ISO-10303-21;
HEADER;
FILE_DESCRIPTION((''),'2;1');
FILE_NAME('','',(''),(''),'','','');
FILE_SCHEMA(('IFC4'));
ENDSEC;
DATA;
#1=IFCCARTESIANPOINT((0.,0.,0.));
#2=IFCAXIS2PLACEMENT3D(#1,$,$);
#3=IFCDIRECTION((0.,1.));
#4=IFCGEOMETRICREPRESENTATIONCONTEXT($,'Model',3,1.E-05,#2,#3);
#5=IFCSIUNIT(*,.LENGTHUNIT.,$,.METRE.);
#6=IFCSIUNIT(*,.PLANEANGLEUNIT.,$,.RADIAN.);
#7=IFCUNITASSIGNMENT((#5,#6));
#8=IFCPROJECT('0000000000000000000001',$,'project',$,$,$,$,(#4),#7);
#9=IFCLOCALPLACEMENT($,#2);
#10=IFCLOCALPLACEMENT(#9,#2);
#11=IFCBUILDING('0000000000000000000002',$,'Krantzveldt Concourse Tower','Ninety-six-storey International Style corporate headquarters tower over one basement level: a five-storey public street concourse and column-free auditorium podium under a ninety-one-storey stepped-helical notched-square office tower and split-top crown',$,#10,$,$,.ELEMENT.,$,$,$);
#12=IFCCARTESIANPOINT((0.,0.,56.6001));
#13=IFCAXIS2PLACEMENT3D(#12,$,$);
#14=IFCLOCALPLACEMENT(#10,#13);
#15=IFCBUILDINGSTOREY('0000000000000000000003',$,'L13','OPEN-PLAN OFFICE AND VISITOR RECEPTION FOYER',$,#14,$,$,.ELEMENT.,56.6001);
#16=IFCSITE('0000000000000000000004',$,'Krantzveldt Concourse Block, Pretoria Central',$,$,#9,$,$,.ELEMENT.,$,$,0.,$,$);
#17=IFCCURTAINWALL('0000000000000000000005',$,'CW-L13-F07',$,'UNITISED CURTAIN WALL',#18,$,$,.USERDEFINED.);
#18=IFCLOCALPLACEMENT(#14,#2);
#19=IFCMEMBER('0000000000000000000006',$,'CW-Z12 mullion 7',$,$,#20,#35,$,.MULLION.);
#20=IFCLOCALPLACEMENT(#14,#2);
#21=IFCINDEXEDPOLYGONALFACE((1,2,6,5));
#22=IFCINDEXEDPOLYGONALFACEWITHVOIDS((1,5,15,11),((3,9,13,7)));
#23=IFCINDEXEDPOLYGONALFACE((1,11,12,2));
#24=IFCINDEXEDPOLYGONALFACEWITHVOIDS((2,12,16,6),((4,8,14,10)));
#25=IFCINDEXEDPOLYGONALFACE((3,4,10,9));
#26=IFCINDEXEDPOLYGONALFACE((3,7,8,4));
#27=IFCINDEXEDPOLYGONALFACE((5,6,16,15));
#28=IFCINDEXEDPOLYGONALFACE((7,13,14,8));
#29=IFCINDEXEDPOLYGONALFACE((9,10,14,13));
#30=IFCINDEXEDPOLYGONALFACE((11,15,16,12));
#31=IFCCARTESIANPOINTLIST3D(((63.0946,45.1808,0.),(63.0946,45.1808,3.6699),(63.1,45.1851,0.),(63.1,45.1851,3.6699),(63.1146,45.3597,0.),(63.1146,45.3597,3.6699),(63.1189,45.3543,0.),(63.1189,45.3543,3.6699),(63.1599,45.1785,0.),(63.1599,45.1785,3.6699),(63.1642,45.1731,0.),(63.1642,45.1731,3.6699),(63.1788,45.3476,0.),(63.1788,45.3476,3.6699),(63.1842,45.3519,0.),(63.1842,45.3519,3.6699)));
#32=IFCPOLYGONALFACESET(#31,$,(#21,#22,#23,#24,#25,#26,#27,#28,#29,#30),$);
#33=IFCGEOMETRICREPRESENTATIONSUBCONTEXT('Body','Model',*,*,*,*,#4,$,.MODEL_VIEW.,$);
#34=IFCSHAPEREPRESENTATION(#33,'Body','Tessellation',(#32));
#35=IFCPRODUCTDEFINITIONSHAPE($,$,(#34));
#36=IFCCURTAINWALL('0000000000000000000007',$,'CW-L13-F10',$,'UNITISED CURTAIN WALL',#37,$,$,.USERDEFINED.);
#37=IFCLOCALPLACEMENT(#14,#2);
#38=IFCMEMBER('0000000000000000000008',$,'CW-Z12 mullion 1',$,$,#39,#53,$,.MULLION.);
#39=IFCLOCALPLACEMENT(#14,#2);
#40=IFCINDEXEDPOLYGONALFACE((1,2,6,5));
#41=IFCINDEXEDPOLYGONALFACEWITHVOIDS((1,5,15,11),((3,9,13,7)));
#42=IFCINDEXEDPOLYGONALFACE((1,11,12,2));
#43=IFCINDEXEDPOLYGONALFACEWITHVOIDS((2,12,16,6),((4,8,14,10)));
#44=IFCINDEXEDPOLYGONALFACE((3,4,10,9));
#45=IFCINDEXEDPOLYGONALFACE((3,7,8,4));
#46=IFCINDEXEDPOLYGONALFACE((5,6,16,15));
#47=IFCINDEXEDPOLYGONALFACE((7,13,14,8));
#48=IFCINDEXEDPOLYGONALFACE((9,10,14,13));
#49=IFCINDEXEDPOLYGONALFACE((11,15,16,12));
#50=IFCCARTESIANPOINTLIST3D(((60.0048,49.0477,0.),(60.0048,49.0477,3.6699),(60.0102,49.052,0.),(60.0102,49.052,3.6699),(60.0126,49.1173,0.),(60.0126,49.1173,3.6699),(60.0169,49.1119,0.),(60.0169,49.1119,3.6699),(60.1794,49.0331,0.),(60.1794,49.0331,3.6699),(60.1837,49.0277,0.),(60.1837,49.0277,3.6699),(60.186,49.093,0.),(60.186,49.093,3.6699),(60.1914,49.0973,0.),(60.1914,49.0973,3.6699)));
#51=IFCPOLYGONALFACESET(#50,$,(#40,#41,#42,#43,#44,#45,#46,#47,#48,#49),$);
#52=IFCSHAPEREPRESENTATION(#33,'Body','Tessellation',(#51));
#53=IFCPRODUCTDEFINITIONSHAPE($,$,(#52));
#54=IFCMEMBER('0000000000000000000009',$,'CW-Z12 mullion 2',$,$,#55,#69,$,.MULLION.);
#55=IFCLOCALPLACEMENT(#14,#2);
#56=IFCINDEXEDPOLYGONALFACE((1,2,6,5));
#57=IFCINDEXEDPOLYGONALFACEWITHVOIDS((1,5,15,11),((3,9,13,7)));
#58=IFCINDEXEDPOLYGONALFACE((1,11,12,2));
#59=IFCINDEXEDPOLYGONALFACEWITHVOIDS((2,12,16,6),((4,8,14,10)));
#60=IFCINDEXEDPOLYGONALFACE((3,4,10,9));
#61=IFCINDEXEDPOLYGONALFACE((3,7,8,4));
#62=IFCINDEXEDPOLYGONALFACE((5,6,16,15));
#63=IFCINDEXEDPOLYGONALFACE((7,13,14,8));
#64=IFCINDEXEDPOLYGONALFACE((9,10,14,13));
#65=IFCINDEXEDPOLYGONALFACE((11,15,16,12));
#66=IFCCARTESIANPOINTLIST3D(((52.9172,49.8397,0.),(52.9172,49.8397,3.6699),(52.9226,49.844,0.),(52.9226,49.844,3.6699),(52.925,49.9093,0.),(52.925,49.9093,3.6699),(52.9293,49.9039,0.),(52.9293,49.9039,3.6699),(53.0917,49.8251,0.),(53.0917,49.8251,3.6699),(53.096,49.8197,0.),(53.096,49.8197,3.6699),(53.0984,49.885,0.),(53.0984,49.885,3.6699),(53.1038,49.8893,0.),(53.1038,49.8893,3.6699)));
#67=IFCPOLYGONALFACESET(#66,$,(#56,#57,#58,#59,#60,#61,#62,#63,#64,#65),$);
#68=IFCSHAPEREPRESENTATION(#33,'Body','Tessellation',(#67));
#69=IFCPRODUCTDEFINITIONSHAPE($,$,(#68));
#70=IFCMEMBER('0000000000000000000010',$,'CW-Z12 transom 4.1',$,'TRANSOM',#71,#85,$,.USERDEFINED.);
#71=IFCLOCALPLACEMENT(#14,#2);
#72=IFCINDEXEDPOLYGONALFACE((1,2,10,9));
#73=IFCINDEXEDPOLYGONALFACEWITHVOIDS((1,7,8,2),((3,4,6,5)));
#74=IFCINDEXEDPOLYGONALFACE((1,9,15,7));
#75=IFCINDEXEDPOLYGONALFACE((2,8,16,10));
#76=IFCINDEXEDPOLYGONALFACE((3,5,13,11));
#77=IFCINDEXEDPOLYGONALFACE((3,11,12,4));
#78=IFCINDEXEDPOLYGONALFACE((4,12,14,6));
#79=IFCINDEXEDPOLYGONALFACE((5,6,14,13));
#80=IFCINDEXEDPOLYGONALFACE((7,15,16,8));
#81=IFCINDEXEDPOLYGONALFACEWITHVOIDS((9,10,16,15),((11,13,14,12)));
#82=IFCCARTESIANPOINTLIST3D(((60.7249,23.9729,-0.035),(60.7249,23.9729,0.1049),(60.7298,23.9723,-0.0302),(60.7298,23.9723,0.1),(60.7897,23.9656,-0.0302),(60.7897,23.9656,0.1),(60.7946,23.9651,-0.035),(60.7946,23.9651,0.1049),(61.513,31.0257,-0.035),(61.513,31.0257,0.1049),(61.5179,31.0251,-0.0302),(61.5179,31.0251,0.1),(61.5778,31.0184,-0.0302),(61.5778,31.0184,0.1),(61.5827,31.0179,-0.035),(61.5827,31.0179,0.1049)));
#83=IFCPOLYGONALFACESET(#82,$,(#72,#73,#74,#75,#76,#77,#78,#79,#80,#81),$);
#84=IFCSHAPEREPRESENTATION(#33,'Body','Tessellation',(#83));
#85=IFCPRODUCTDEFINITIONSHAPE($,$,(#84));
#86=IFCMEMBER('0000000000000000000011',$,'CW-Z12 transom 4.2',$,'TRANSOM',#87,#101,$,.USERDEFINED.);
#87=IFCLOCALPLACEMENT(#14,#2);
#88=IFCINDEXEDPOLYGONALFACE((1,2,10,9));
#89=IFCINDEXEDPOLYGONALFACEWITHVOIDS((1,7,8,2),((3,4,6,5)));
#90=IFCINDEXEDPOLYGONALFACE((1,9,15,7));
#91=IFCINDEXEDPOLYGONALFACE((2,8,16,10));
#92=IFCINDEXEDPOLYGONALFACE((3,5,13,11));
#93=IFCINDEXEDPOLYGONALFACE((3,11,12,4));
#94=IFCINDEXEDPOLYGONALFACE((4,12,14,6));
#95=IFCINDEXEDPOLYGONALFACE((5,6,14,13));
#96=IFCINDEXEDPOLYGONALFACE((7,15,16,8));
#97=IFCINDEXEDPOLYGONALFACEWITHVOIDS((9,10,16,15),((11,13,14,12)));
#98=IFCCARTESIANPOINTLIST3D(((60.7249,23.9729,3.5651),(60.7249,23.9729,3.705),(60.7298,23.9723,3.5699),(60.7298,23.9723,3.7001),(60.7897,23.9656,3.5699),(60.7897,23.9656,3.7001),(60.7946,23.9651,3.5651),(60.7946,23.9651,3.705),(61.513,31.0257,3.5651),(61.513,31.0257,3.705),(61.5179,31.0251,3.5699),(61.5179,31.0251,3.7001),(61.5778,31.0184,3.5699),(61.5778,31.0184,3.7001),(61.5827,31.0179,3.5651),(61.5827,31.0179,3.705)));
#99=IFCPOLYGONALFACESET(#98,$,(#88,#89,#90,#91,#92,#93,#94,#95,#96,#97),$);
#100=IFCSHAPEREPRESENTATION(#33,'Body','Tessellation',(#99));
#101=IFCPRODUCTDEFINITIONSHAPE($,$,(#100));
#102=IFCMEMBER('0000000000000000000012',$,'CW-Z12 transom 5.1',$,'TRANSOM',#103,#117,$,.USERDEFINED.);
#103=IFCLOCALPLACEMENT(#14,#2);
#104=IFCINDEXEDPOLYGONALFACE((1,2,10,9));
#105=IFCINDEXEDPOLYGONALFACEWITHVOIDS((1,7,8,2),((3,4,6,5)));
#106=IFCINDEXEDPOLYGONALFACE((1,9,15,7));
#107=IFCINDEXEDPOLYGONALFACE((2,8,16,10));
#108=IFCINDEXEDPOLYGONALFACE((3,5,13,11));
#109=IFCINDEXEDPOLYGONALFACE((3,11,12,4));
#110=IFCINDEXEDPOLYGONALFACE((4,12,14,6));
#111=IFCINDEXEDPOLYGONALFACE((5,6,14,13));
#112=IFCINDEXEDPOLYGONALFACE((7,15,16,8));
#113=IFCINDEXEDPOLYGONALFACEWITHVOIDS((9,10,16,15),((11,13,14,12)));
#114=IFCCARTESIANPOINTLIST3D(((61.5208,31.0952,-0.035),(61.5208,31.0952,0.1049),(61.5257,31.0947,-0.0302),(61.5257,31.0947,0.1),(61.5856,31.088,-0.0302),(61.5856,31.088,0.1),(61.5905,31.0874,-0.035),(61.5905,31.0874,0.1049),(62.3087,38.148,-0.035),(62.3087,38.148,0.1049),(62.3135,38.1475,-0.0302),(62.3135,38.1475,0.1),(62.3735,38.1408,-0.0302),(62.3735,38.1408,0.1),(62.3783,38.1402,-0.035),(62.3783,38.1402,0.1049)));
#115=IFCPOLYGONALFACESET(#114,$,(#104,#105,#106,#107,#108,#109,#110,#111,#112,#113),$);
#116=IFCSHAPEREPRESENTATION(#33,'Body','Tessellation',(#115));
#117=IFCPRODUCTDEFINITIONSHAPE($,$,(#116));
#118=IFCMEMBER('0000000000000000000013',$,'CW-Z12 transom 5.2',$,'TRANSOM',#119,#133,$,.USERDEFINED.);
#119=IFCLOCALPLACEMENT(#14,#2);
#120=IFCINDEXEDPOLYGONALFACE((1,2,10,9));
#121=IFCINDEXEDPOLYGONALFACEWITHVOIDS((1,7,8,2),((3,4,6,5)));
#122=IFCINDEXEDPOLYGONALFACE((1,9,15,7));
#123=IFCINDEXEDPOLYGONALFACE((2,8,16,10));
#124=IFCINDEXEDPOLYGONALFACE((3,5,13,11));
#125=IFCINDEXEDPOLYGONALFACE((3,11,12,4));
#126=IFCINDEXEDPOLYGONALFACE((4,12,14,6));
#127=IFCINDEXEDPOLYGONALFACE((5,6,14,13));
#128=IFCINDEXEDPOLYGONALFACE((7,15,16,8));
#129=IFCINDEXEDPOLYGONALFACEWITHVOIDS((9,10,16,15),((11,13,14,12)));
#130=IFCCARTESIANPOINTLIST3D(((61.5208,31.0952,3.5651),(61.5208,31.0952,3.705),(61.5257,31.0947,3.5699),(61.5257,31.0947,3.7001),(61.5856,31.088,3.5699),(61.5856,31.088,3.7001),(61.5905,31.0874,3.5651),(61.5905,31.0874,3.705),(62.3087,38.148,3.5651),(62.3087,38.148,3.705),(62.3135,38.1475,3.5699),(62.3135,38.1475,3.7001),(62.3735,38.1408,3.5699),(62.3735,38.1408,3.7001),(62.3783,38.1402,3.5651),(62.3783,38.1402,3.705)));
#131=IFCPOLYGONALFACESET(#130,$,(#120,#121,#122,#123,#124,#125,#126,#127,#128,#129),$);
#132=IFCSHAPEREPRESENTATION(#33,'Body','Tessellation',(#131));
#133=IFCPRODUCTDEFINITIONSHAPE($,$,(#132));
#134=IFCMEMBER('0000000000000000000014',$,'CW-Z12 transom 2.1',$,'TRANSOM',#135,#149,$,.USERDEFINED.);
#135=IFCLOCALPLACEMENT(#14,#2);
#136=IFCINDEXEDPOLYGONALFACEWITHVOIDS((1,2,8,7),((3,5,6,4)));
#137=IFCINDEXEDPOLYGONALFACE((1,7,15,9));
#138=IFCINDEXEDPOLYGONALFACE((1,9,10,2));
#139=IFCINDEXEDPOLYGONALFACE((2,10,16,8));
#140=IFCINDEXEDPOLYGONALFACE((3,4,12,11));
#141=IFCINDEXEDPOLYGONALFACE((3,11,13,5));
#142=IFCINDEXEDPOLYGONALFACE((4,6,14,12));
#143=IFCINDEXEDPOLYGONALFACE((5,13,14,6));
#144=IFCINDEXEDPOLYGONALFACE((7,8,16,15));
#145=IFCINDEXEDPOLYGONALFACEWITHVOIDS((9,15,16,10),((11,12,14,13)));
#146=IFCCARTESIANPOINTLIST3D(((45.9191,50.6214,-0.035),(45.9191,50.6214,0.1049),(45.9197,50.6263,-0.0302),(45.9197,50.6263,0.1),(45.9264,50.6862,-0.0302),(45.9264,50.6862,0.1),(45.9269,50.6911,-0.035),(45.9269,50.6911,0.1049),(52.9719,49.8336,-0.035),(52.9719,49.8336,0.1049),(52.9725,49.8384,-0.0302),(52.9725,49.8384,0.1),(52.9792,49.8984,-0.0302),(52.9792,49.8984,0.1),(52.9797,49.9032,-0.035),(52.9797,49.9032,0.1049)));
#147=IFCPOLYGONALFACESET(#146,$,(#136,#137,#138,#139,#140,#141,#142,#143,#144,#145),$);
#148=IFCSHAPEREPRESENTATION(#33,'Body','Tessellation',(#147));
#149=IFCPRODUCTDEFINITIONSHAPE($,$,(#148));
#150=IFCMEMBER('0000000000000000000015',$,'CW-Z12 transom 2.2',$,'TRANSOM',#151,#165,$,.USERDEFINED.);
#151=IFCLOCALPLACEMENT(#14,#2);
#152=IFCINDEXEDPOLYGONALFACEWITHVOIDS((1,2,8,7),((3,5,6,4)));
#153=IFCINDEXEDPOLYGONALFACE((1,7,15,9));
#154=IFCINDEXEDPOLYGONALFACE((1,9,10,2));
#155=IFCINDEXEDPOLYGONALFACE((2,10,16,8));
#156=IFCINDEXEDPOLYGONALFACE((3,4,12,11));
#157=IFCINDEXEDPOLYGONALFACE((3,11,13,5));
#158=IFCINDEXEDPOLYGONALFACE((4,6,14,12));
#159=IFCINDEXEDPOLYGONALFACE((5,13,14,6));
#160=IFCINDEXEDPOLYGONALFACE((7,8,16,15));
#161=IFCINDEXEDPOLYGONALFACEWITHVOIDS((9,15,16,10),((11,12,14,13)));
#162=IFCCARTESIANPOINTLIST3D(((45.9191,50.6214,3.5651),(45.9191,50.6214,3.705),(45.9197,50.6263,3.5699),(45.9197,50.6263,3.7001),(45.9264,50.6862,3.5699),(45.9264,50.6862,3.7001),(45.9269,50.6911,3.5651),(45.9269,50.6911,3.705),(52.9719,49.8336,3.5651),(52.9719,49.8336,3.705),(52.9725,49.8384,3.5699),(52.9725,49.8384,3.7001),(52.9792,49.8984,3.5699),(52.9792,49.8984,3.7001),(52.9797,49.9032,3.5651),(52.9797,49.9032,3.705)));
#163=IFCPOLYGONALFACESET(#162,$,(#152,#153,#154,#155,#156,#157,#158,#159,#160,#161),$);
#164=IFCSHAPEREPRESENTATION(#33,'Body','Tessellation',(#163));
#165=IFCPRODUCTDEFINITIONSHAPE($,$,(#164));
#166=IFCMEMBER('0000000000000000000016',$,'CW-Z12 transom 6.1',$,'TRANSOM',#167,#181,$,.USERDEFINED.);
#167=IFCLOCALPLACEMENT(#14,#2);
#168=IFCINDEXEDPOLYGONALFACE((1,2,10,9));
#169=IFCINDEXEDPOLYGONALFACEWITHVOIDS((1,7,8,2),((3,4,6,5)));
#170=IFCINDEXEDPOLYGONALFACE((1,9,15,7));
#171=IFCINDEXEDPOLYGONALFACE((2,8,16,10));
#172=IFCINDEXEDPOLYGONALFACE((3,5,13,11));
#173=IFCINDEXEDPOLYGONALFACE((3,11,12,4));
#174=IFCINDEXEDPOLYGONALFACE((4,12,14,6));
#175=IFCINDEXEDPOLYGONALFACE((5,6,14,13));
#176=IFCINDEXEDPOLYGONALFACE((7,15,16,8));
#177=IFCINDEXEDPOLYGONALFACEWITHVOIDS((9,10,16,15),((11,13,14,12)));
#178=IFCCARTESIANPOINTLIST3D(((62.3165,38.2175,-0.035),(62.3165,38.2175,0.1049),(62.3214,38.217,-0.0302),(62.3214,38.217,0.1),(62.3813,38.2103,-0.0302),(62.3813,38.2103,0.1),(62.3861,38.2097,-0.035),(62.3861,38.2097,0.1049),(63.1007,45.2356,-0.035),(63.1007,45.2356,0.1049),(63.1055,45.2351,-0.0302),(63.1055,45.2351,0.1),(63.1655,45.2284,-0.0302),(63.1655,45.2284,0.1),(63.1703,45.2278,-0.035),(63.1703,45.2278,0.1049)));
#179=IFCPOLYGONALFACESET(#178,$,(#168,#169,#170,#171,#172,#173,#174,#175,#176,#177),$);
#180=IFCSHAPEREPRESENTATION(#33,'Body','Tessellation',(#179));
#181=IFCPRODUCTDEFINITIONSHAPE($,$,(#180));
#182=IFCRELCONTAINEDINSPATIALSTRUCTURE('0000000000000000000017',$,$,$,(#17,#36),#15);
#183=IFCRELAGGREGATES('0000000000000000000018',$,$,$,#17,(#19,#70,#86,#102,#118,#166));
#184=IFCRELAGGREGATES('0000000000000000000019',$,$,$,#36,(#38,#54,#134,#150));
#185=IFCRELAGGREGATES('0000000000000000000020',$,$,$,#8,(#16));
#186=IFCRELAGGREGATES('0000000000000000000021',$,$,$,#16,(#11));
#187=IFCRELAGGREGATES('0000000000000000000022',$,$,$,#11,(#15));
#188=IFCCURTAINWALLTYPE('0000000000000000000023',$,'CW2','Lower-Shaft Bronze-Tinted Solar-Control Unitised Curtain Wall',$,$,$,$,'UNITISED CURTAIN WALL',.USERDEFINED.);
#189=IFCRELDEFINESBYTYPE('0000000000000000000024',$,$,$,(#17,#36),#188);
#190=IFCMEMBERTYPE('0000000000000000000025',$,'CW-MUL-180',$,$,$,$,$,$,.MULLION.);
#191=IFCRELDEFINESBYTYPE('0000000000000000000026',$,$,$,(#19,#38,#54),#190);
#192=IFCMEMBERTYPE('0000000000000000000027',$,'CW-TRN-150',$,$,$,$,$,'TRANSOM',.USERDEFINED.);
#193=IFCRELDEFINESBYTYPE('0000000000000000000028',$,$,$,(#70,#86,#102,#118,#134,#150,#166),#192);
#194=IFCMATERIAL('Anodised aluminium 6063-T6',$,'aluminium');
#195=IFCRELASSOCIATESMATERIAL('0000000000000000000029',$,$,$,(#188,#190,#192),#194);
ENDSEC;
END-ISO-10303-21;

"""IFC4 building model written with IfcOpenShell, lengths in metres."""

from ifc_helpers import new_model, si_unit, direction, frame, origin, origin_2d, place, context, subcontext, project, spatial, hollow_rectangle, extrude, source, transform, mapped, material, material_profile, profile_set, type_object, type_shapes, element, aggregate, save


model = new_model("IFC4")

# Units and contexts
model_context = context("Model", 3, precision=1e-05, world=origin(), true_north=direction((0.0, 1.0)))
body_context = subcontext(model_context, "Body", "Model", "MODEL_VIEW")
ifc_project = project(units=[si_unit("LENGTHUNIT", "METRE"), si_unit("PLANEANGLEUNIT", "RADIAN")], contexts=[model_context])

# Site, building, storey
site_placement = place(None, origin())
site = spatial("IfcSite", under=ifc_project, at=site_placement, Name="Krantzveldt Concourse Block, Pretoria Central", CompositionType="ELEMENT", RefElevation=0.0)
building_placement = place(site_placement, origin())
building = spatial("IfcBuilding", under=site, at=building_placement, Name="Krantzveldt Concourse Tower", Description="Ninety-six-storey International Style corporate headquarters tower over one basement level: a five-storey public street concourse and column-free auditorium podium under a ninety-one-storey stepped-helical notched-square office tower and split-top crown", CompositionType="ELEMENT")
storey_placement = place(building_placement, frame((0.0, 0.0, 56.6001)))
storey = spatial("IfcBuildingStorey", under=building, at=storey_placement, Name="L13", Description="OPEN-PLAN OFFICE AND VISITOR RECEPTION FOYER", CompositionType="ELEMENT", Elevation=56.6001)

# Curtain walls, members
ifc_material_1 = material(Name="Anodised aluminium 6063-T6", Category="aluminium")
curtain_wall_type = type_object("IfcCurtainWallType", Name="CW2", Description="Lower-Shaft Bronze-Tinted Solar-Control Unitised Curtain Wall", ElementType="UNITISED CURTAIN WALL", PredefinedType="USERDEFINED", material=ifc_material_1)
curtain_wall_1_placement = place(storey_placement, origin())
curtain_wall_1 = element("IfcCurtainWall", 1, at=curtain_wall_1_placement, inside=storey, type_object=curtain_wall_type, Name="CW-L13-F07", ObjectType="UNITISED CURTAIN WALL", PredefinedType="USERDEFINED")
ifc_material_profile_1 = material_profile(ifc_material_1, hollow_rectangle(XDim=0.0701, YDim=0.1799, WallThickness=0.0049, at=origin_2d()), Name="Anodised aluminium 6063-T6", Category="aluminium")
ifc_profile_set_1 = profile_set([ifc_material_profile_1], Name="Anodised aluminium 6063-T6 - ALU-MULL 180x70x5")
member_type_1 = type_object("IfcMemberType", Name="CW-MUL-180", PredefinedType="MULLION", material=ifc_profile_set_1)
shared_shape_1 = source(origin(), body_context, "Body", "SweptSolid", [
    extrude(hollow_rectangle(XDim=0.0701, YDim=0.1799, WallThickness=0.0049, at=origin_2d()), origin(), (0.0, 0.0, 1.0), 3.6699),
])
type_shapes(member_type_1, [shared_shape_1])
member_1_placement = place(storey_placement, frame((63.1394, 45.2664, 0.0), z_axis=(0.0, 0.0, 1.0), x_axis=(-0.993816, 0.111035, 0.0)))
member_1 = element("IfcMember", 2, at=member_1_placement, type_object=member_type_1, Name="CW-Z12 mullion 7", PredefinedType="MULLION", context=body_context, shape_type="MappedRepresentation", body=[
    mapped(shared_shape_1, transform((0.0, 0.0, 0.0), x_axis=(1.0, 0.0, 0.0), y_axis=(0.0, 1.0, 0.0), z_axis=(0.0, 0.0, 1.0), scale=1.0)),
])
curtain_wall_2_placement = place(storey_placement, origin())
curtain_wall_2 = element("IfcCurtainWall", 3, at=curtain_wall_2_placement, inside=storey, type_object=curtain_wall_type, Name="CW-L13-F10", ObjectType="UNITISED CURTAIN WALL", PredefinedType="USERDEFINED")
member_2_placement = place(storey_placement, frame((60.0981, 49.0725, 0.0), z_axis=(0.0, 0.0, 1.0), x_axis=(-0.111035, -0.993816, 0.0)))
member_2 = element("IfcMember", 4, at=member_2_placement, type_object=member_type_1, Name="CW-Z12 mullion 1", PredefinedType="MULLION", context=body_context, shape_type="MappedRepresentation", body=[
    mapped(shared_shape_1, transform((0.0, 0.0, 0.0), x_axis=(1.0, 0.0, 0.0), y_axis=(0.0, 1.0, 0.0), z_axis=(0.0, 0.0, 1.0), scale=1.0)),
])
member_3_placement = place(storey_placement, frame((53.0105, 49.8645, 0.0), z_axis=(0.0, 0.0, 1.0), x_axis=(-0.111035, -0.993816, 0.0)))
member_3 = element("IfcMember", 5, at=member_3_placement, type_object=member_type_1, Name="CW-Z12 mullion 2", PredefinedType="MULLION", context=body_context, shape_type="MappedRepresentation", body=[
    mapped(shared_shape_1, transform((0.0, 0.0, 0.0), x_axis=(1.0, 0.0, 0.0), y_axis=(0.0, 1.0, 0.0), z_axis=(0.0, 0.0, 1.0), scale=1.0)),
])

# Members
ifc_material_profile_2 = material_profile(ifc_material_1, hollow_rectangle(XDim=0.0701, YDim=0.1399, WallThickness=0.0049, at=origin_2d()), Name="Anodised aluminium 6063-T6", Category="aluminium")
ifc_profile_set_2 = profile_set([ifc_material_profile_2], Name="Anodised aluminium 6063-T6 - ALU-TRAN 140x70x5")
member_type_2 = type_object("IfcMemberType", Name="CW-TRN-150", ElementType="TRANSOM", PredefinedType="USERDEFINED", material=ifc_profile_set_2)
shared_shape_2 = source(origin(), body_context, "Body", "SweptSolid", [
    extrude(hollow_rectangle(XDim=0.0701, YDim=0.1399, WallThickness=0.0049, at=origin_2d()), origin(), (0.0, 0.0, 1.0), 7.0967),
])
member_4_placement = place(storey_placement, frame((60.7598, 23.969, 0.0349), z_axis=(0.111051, 0.993815, 0.0), x_axis=(-0.993815, 0.111051, 0.0)))
member_4 = element("IfcMember", 6, at=member_4_placement, type_object=member_type_2, Name="CW-Z12 transom 4.1", ObjectType="TRANSOM", PredefinedType="USERDEFINED", context=body_context, shape_type="MappedRepresentation", body=[
    mapped(shared_shape_2, transform((0.0, 0.0, 0.0), x_axis=(1.0, 0.0, 0.0), y_axis=(0.0, 1.0, 0.0), z_axis=(0.0, 0.0, 1.0), scale=1.0)),
])
member_5_placement = place(storey_placement, frame((60.7598, 23.969, 3.635), z_axis=(0.111051, 0.993815, 0.0), x_axis=(-0.993815, 0.111051, 0.0)))
member_5 = element("IfcMember", 7, at=member_5_placement, type_object=member_type_2, Name="CW-Z12 transom 4.2", ObjectType="TRANSOM", PredefinedType="USERDEFINED", context=body_context, shape_type="MappedRepresentation", body=[
    mapped(shared_shape_2, transform((0.0, 0.0, 0.0), x_axis=(1.0, 0.0, 0.0), y_axis=(0.0, 1.0, 0.0), z_axis=(0.0, 0.0, 1.0), scale=1.0)),
])
member_6_placement = place(storey_placement, frame((61.5557, 31.0913, 0.0349), z_axis=(0.111017, 0.993819, 0.0), x_axis=(-0.993819, 0.111017, 0.0)))
member_6 = element("IfcMember", 8, at=member_6_placement, type_object=member_type_2, Name="CW-Z12 transom 5.1", ObjectType="TRANSOM", PredefinedType="USERDEFINED", context=body_context, shape_type="MappedRepresentation", body=[
    mapped(shared_shape_2, transform((0.0, 0.0, 0.0), x_axis=(1.0, 0.0, 0.0), y_axis=(0.0, 1.0, 0.0), z_axis=(0.0, 0.0, 1.0), scale=1.0)),
])
member_7_placement = place(storey_placement, frame((61.5557, 31.0913, 3.635), z_axis=(0.111017, 0.993819, 0.0), x_axis=(-0.993819, 0.111017, 0.0)))
member_7 = element("IfcMember", 9, at=member_7_placement, type_object=member_type_2, Name="CW-Z12 transom 5.2", ObjectType="TRANSOM", PredefinedType="USERDEFINED", context=body_context, shape_type="MappedRepresentation", body=[
    mapped(shared_shape_2, transform((0.0, 0.0, 0.0), x_axis=(1.0, 0.0, 0.0), y_axis=(0.0, 1.0, 0.0), z_axis=(0.0, 0.0, 1.0), scale=1.0)),
])
member_8_placement = place(storey_placement, frame((52.9758, 49.8684, 0.0349), z_axis=(-0.993819, 0.111017, 0.0), x_axis=(-0.111017, -0.993819, 0.0)))
member_8 = element("IfcMember", 10, at=member_8_placement, type_object=member_type_2, Name="CW-Z12 transom 2.1", ObjectType="TRANSOM", PredefinedType="USERDEFINED", context=body_context, shape_type="MappedRepresentation", body=[
    mapped(shared_shape_2, transform((0.0, 0.0, 0.0), x_axis=(1.0, 0.0, 0.0), y_axis=(0.0, 1.0, 0.0), z_axis=(0.0, 0.0, 1.0), scale=1.0)),
])
member_9_placement = place(storey_placement, frame((52.9758, 49.8684, 3.635), z_axis=(-0.993819, 0.111017, 0.0), x_axis=(-0.111017, -0.993819, 0.0)))
member_9 = element("IfcMember", 11, at=member_9_placement, type_object=member_type_2, Name="CW-Z12 transom 2.2", ObjectType="TRANSOM", PredefinedType="USERDEFINED", context=body_context, shape_type="MappedRepresentation", body=[
    mapped(shared_shape_2, transform((0.0, 0.0, 0.0), x_axis=(1.0, 0.0, 0.0), y_axis=(0.0, 1.0, 0.0), z_axis=(0.0, 0.0, 1.0), scale=1.0)),
])
shared_shape_3 = source(origin(), body_context, "Body", "SweptSolid", [
    extrude(hollow_rectangle(XDim=0.0701, YDim=0.1399, WallThickness=0.0049, at=origin_2d()), origin(), (0.0, 0.0, 1.0), 7.0618),
])
type_shapes(member_type_2, [shared_shape_2, shared_shape_3])
member_10_placement = place(storey_placement, frame((62.3513, 38.2136, 0.0349), z_axis=(0.111046, 0.993815, 0.0), x_axis=(-0.993815, 0.111046, 0.0)))
member_10 = element("IfcMember", 12, at=member_10_placement, type_object=member_type_2, Name="CW-Z12 transom 6.1", ObjectType="TRANSOM", PredefinedType="USERDEFINED", context=body_context, shape_type="MappedRepresentation", body=[
    mapped(shared_shape_3, transform((0.0, 0.0, 0.0), x_axis=(1.0, 0.0, 0.0), y_axis=(0.0, 1.0, 0.0), z_axis=(0.0, 0.0, 1.0), scale=1.0)),
])

aggregate(curtain_wall_1, [member_1, member_4, member_5, member_6, member_7, member_10])
aggregate(curtain_wall_2, [member_2, member_3, member_8, member_9])

save(model, "model.ifc")
